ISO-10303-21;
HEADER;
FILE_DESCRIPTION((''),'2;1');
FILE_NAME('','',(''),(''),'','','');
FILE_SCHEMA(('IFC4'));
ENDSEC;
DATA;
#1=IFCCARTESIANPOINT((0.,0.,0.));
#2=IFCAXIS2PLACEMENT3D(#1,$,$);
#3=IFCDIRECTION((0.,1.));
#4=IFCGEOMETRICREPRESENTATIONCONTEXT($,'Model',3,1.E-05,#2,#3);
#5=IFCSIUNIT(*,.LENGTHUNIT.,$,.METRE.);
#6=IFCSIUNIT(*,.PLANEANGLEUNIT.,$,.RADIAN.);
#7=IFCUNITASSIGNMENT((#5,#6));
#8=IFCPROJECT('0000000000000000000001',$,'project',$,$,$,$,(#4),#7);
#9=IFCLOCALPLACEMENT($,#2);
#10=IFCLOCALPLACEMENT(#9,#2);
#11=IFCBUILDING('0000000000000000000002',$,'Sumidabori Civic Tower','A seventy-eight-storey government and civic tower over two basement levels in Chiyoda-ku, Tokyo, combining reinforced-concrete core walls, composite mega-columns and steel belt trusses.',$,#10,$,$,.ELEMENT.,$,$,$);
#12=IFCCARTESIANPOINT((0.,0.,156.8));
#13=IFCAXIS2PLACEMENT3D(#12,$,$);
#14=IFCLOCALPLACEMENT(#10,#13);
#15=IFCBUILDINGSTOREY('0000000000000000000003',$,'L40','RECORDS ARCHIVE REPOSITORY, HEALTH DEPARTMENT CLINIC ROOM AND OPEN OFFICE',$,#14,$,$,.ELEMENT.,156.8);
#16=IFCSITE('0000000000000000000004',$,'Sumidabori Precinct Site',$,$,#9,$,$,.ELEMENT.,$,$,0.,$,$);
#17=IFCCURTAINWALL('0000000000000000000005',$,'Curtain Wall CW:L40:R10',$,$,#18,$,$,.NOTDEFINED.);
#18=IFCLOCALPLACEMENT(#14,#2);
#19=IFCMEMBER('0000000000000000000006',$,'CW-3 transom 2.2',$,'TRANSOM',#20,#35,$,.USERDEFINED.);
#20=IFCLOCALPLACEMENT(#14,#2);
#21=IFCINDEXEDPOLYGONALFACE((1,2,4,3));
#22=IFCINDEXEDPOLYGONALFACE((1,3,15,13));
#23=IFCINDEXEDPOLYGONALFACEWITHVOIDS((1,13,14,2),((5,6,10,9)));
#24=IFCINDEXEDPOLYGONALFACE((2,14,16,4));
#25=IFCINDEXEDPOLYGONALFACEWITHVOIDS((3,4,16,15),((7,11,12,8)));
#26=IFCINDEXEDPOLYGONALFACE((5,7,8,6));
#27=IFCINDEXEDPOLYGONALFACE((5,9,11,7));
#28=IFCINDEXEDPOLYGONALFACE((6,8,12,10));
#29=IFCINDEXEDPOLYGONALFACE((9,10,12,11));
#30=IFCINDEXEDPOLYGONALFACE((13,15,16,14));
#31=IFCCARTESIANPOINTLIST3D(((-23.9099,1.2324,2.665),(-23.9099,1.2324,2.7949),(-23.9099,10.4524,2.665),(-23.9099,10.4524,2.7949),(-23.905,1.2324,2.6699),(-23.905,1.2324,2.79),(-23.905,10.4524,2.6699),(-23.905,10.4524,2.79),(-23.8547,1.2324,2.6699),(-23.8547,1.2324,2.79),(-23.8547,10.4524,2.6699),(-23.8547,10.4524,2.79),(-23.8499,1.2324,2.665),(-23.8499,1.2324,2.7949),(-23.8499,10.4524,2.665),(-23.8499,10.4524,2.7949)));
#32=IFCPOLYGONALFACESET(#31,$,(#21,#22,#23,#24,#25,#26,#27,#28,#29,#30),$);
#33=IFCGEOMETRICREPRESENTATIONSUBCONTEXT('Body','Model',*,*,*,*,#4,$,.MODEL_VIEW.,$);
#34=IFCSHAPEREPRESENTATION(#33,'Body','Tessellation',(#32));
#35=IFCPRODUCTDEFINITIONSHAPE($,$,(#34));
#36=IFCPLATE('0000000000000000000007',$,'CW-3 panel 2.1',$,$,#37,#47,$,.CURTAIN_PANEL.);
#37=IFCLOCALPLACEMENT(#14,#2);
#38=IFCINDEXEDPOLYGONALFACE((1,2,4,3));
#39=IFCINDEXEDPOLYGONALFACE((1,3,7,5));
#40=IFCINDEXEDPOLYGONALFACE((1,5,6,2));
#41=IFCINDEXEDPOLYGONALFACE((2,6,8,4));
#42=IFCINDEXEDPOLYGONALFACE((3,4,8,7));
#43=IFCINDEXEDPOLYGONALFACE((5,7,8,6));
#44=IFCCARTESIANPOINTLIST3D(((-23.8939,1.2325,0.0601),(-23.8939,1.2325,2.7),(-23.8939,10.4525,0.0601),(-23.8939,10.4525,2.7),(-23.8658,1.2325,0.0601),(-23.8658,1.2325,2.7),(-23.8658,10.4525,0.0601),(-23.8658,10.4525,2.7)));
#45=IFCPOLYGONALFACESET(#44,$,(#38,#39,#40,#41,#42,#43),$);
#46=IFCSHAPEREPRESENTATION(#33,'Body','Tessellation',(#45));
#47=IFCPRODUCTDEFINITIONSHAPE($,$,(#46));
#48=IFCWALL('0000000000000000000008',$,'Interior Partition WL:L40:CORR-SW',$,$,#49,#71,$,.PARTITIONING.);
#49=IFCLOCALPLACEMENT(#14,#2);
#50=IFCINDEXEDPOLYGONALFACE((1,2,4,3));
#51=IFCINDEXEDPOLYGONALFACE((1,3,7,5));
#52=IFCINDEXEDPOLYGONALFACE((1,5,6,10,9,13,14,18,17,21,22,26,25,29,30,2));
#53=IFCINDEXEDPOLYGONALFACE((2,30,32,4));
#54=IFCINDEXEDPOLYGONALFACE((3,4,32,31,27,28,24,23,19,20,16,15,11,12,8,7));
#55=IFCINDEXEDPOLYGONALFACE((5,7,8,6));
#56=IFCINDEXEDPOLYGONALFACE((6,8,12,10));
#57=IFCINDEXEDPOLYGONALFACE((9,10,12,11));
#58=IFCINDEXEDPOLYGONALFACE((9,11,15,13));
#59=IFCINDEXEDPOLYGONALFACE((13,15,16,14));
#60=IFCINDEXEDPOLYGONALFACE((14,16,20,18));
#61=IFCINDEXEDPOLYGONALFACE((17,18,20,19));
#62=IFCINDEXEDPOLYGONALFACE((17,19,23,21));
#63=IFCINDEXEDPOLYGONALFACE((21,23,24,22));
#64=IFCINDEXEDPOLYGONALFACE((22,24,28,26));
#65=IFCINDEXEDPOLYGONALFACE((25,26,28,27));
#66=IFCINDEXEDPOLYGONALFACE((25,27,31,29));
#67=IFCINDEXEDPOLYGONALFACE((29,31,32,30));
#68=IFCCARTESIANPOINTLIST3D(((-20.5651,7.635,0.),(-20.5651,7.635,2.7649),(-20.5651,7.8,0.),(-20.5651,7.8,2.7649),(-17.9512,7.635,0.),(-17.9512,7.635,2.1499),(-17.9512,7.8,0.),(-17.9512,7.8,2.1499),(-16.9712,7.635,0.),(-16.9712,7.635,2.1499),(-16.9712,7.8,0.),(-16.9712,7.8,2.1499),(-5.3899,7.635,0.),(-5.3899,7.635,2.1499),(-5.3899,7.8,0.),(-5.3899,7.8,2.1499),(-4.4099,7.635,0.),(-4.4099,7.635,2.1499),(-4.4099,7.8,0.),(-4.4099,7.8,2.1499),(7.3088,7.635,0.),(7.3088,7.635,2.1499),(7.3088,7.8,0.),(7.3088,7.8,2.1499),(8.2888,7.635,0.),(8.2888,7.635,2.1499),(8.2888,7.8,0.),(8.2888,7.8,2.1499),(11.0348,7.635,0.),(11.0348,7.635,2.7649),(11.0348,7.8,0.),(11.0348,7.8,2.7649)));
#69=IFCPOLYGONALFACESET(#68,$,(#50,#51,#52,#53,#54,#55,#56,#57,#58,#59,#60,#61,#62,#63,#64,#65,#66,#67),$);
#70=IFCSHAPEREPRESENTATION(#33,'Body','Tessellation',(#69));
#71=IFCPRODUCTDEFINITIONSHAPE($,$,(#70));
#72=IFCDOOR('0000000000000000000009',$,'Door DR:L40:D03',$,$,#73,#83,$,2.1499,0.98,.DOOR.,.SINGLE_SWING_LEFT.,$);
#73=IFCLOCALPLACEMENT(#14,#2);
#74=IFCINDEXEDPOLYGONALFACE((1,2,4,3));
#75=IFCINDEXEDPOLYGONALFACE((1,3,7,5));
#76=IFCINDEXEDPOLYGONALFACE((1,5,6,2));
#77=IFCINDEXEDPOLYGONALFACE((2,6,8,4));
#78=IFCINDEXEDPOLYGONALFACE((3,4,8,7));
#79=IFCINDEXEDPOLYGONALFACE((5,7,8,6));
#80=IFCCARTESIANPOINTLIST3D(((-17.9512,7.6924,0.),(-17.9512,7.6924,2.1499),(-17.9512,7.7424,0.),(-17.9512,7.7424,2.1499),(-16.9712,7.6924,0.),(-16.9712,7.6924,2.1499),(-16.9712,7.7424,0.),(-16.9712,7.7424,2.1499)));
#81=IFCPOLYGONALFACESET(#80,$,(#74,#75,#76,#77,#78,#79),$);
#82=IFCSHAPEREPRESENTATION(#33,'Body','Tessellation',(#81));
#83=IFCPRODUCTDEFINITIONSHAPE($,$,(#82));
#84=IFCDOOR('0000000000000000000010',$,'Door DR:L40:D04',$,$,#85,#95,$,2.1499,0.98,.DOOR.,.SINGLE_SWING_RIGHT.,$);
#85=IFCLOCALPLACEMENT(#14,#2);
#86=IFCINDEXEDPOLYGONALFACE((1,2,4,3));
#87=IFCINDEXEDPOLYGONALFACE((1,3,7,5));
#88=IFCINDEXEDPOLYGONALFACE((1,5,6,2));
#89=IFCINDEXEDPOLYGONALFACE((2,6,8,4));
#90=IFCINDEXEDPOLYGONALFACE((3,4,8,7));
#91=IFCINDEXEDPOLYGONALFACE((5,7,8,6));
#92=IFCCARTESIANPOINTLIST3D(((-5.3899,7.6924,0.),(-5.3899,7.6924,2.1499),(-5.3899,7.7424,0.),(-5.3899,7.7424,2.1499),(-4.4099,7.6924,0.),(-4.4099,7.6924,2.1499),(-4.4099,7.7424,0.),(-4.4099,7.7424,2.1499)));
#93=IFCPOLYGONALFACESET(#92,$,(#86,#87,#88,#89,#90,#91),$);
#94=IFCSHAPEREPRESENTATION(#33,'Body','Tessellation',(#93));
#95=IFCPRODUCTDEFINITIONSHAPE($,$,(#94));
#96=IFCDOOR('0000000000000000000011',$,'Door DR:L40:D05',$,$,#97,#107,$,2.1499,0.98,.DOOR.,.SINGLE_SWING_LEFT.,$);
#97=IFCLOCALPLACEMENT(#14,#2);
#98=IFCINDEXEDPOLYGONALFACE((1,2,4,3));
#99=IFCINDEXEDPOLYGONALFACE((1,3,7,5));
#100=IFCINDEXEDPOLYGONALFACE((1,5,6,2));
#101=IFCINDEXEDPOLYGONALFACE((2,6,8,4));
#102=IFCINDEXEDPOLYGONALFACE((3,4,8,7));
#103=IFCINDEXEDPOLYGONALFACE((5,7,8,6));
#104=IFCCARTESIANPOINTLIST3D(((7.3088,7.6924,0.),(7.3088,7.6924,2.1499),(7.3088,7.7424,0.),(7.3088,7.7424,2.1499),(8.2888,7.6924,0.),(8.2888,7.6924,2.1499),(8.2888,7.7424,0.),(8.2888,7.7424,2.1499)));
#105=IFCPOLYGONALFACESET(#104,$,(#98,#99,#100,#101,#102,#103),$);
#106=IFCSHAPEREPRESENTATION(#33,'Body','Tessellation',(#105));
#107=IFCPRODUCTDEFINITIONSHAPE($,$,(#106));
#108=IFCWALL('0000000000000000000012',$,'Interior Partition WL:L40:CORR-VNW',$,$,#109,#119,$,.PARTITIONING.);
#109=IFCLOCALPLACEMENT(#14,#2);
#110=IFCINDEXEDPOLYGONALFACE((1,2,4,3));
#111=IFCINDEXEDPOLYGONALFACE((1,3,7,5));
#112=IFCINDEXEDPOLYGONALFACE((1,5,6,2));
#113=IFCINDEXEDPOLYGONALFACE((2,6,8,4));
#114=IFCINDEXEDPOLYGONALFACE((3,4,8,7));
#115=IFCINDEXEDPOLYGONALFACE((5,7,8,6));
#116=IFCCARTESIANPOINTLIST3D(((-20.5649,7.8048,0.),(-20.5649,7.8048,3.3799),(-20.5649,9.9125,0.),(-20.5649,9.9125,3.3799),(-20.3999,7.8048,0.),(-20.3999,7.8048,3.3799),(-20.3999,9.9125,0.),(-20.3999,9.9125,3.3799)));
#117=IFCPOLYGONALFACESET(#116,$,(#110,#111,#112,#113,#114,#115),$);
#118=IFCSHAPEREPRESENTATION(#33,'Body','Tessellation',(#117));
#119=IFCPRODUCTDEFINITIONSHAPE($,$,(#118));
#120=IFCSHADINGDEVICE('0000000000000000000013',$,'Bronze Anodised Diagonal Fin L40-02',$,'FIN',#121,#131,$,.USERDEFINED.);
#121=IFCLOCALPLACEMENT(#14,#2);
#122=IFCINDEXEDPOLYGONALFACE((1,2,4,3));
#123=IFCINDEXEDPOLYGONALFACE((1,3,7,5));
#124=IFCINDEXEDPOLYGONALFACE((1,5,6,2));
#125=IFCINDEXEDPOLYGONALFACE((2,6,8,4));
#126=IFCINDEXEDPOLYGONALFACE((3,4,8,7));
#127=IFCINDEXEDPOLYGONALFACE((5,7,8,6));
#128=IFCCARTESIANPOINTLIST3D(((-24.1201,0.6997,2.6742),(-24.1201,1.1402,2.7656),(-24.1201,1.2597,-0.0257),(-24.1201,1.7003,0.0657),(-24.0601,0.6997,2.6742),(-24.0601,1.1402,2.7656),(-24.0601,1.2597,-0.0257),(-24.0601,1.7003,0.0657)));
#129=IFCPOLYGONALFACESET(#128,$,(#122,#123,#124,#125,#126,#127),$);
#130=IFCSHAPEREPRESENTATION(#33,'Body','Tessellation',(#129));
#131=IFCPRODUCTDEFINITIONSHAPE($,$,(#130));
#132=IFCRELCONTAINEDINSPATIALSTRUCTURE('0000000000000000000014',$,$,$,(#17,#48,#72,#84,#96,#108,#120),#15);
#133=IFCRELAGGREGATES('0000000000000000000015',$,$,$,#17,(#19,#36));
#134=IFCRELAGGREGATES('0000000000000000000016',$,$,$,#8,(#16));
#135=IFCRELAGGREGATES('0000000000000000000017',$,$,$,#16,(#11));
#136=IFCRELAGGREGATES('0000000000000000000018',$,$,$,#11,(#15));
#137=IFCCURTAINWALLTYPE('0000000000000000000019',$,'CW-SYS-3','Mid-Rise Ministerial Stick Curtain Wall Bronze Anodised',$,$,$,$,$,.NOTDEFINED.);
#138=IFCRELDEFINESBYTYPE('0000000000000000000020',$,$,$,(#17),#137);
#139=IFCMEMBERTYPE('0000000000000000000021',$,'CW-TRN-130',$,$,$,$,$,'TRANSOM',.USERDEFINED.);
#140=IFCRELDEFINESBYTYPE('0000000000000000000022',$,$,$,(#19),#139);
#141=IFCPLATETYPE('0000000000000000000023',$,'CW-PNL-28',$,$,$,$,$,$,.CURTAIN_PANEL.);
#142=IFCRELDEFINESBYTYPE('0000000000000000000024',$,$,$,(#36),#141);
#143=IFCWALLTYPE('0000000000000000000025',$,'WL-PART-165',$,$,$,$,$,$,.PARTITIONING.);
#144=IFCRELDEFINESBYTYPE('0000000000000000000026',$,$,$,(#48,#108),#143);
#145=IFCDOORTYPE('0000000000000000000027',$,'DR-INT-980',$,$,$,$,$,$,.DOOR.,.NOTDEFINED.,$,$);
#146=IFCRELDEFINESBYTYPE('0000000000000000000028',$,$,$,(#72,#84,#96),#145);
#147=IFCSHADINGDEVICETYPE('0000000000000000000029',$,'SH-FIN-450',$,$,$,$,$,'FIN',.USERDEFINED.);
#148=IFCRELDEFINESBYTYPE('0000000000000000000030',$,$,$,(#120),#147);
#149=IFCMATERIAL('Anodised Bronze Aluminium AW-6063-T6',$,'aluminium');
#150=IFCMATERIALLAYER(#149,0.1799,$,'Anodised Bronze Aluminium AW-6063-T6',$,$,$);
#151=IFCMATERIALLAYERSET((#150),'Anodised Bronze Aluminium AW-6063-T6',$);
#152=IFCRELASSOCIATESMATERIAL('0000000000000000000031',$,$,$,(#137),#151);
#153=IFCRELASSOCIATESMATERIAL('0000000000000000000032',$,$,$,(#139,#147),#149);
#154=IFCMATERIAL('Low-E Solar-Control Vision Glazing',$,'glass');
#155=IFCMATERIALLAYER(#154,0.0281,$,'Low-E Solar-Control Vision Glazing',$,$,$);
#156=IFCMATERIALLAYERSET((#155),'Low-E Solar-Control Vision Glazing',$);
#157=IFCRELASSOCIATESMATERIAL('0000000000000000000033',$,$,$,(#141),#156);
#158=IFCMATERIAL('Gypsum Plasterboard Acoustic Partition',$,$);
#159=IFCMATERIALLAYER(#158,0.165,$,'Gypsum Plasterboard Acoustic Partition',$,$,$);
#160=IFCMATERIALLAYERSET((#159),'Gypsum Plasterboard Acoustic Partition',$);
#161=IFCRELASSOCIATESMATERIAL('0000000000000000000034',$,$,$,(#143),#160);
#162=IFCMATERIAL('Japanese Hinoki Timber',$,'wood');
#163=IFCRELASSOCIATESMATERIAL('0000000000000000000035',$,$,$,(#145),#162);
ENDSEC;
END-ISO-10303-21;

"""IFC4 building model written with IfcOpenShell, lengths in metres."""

from ifc_helpers import new_model, si_unit, direction, frame, frame_2d, origin, origin_2d, place, context, subcontext, project, spatial, rectangle, hollow_rectangle, extrude, source, transform, mapped, material, layer, layer_set, material_profile, profile_set, type_object, element, fill, aggregate, save


model = new_model("IFC4")

# Units and contexts
model_context = context("Model", 3, precision=1e-05, world=origin(), true_north=direction((0.0, 1.0)))
body_context = subcontext(model_context, "Body", "Model", "MODEL_VIEW")
ifc_project = project(units=[si_unit("LENGTHUNIT", "METRE"), si_unit("PLANEANGLEUNIT", "RADIAN")], contexts=[model_context])

# Site, building, storey
site_placement = place(None, origin())
site = spatial("IfcSite", under=ifc_project, at=site_placement, Name="Sumidabori Precinct Site", CompositionType="ELEMENT", RefElevation=0.0)
building_placement = place(site_placement, origin())
building = spatial("IfcBuilding", under=site, at=building_placement, Name="Sumidabori Civic Tower", Description="A seventy-eight-storey government and civic tower over two basement levels in Chiyoda-ku, Tokyo, combining reinforced-concrete core walls, composite mega-columns and steel belt trusses.", CompositionType="ELEMENT")
storey_placement = place(building_placement, frame((0.0, 0.0, 156.8)))
storey = spatial("IfcBuildingStorey", under=building, at=storey_placement, Name="L40", Description="RECORDS ARCHIVE REPOSITORY, HEALTH DEPARTMENT CLINIC ROOM AND OPEN OFFICE", CompositionType="ELEMENT", Elevation=156.8)

# Curtain wall, member, plate
ifc_material_1 = material(Name="Anodised Bronze Aluminium AW-6063-T6", Category="aluminium")
ifc_layer_1 = layer(ifc_material_1, 0.1799, Name="Anodised Bronze Aluminium AW-6063-T6")
ifc_layer_set_1 = layer_set([ifc_layer_1], Name="Anodised Bronze Aluminium AW-6063-T6")
curtain_wall_type = type_object("IfcCurtainWallType", Name="CW-SYS-3", Description="Mid-Rise Ministerial Stick Curtain Wall Bronze Anodised", PredefinedType="NOTDEFINED", material=ifc_layer_set_1)
curtain_wall_placement = place(storey_placement, origin())
curtain_wall = element("IfcCurtainWall", 1, at=curtain_wall_placement, inside=storey, type_object=curtain_wall_type, Name="Curtain Wall CW:L40:R10", PredefinedType="NOTDEFINED")
ifc_material_profile_1 = material_profile(ifc_material_1, hollow_rectangle(XDim=0.0601, YDim=0.1299, WallThickness=0.0049, at=origin_2d()), Name="ALU TRANSOM 130x60")
ifc_profile_set_1 = profile_set([ifc_material_profile_1], Name="Anodised Bronze Aluminium AW-6063-T6")
member_type_1 = type_object("IfcMemberType", Name="CW-TRN-130", ElementType="TRANSOM", PredefinedType="USERDEFINED", material=ifc_profile_set_1)
shared_shape_1 = source(origin(), body_context, "Body", "SweptSolid", [
    extrude(hollow_rectangle(XDim=0.0601, YDim=0.1299, WallThickness=0.0049, at=origin_2d()), origin(), (0.0, 0.0, 1.0), 9.22),
])
member_1_placement = place(storey_placement, frame((-23.8799, 10.4524, 2.73), z_axis=(0.0, -1.0, 0.0), x_axis=(1.0, 0.0, 0.0)))
member_1 = element("IfcMember", 2, at=member_1_placement, type_object=member_type_1, Name="CW-3 transom 2.2", ObjectType="TRANSOM", PredefinedType="USERDEFINED", context=body_context, shape_type="MappedRepresentation", body=[
    mapped(shared_shape_1, transform((0.0, 0.0, 0.0), x_axis=(1.0, 0.0, 0.0), y_axis=(0.0, 1.0, 0.0), z_axis=(0.0, 0.0, 1.0), scale=1.0)),
])
ifc_material_2 = material(Name="Low-E Solar-Control Vision Glazing", Category="glass")
ifc_layer_2 = layer(ifc_material_2, 0.0281, Name="Low-E Solar-Control Vision Glazing")
ifc_layer_set_2 = layer_set([ifc_layer_2], Name="Low-E Solar-Control Vision Glazing")
plate_type = type_object("IfcPlateType", Name="CW-PNL-28", PredefinedType="CURTAIN_PANEL", material=ifc_layer_set_2)
shared_shape_2 = source(origin(), body_context, "Body", "SweptSolid", [
    extrude(rectangle(XDim=9.22, YDim=0.0281, at=origin_2d()), origin(), (0.0, 0.0, 1.0), 2.6399),
])
plate_placement = place(storey_placement, frame((-23.8799, 5.8425, 0.0601), z_axis=(0.0, 0.0, 1.0), x_axis=(0.0, -1.0, 0.0)))
plate = element("IfcPlate", 3, at=plate_placement, type_object=plate_type, Name="CW-3 panel 2.1", PredefinedType="CURTAIN_PANEL", context=body_context, shape_type="MappedRepresentation", body=[
    mapped(shared_shape_2, transform((0.0, 0.0, 0.0), x_axis=(1.0, 0.0, 0.0), y_axis=(0.0, 1.0, 0.0), z_axis=(0.0, 0.0, 1.0), scale=1.0)),
])
aggregate(curtain_wall, [member_1, plate])

# Shared definitions
ifc_material_3 = material(Name="Gypsum Plasterboard Acoustic Partition")
ifc_layer_3 = layer(ifc_material_3, 0.165, Name="Gypsum Plasterboard Acoustic Partition")
ifc_layer_set_3 = layer_set([ifc_layer_3], Name="Gypsum Plasterboard Acoustic Partition")
wall_type_1 = type_object("IfcWallType", Name="WL-PART-165", PredefinedType="PARTITIONING", material=ifc_layer_set_3)
ifc_material_4 = material(Name="Japanese Hinoki Timber", Category="wood")

# Wall, openings, doors
shared_shape_3 = source(origin(), body_context, "Body", "SweptSolid", [
    extrude(rectangle(XDim=31.5999, YDim=0.165, at=frame_2d((15.7998, 0.0))), origin(), (0.0, 0.0, 1.0), 2.7649),
])
wall_1_placement = place(storey_placement, frame((-20.5649, 7.7175, 0.0), z_axis=(0.0, 0.0, 1.0), x_axis=(1.0, 0.0, 0.0)))
wall_1 = element("IfcWall", 4, at=wall_1_placement, inside=storey, type_object=wall_type_1, Name="Interior Partition WL:L40:CORR-SW", PredefinedType="PARTITIONING", context=body_context, shape_type="MappedRepresentation", body=[
    mapped(shared_shape_3, transform((0.0, 0.0, 0.0), x_axis=(1.0, 0.0, 0.0), y_axis=(0.0, 1.0, 0.0), z_axis=(0.0, 0.0, 1.0), scale=1.0)),
])
opening_1_placement = place(wall_1_placement, frame((2.6138, 0.0, 0.0)))
opening_1 = element("IfcOpeningElement", 5, at=opening_1_placement, cuts=wall_1, PredefinedType="OPENING", context=body_context, shape_type="SweptSolid", body=[
    extrude(rectangle(XDim=0.98, YDim=2.1499, at=frame_2d((0.49, 1.075))), frame((0.0, 0.0945, 0.0), z_axis=(0.0, -1.0, 0.0), x_axis=(1.0, 0.0, 0.0)), (0.0, 0.0, 1.0), 0.189),
])
opening_2_placement = place(wall_1_placement, frame((15.175, 0.0, 0.0)))
opening_2 = element("IfcOpeningElement", 6, at=opening_2_placement, cuts=wall_1, PredefinedType="OPENING", context=body_context, shape_type="SweptSolid", body=[
    extrude(rectangle(XDim=0.98, YDim=2.1499, at=frame_2d((0.49, 1.075))), frame((0.0, 0.0945, 0.0), z_axis=(0.0, -1.0, 0.0), x_axis=(1.0, 0.0, 0.0)), (0.0, 0.0, 1.0), 0.189),
])
opening_3_placement = place(wall_1_placement, frame((27.8738, 0.0, 0.0)))
opening_3 = element("IfcOpeningElement", 7, at=opening_3_placement, cuts=wall_1, PredefinedType="OPENING", context=body_context, shape_type="SweptSolid", body=[
    extrude(rectangle(XDim=0.98, YDim=2.1499, at=frame_2d((0.49, 1.075))), frame((0.0, 0.0945, 0.0), z_axis=(0.0, -1.0, 0.0), x_axis=(1.0, 0.0, 0.0)), (0.0, 0.0, 1.0), 0.189),
])
door_type_1 = type_object("IfcDoorType", Name="DR-INT-980", OperationType="NOTDEFINED", PredefinedType="DOOR", material=ifc_material_4)
shared_shape_4 = source(origin(), body_context, "Body", "SweptSolid", [
    extrude(rectangle(XDim=0.98, YDim=2.1499, at=frame_2d((0.49, 1.075))), frame((0.0, 0.0249, 0.0), z_axis=(0.0, -1.0, 0.0), x_axis=(1.0, 0.0, 0.0)), (0.0, 0.0, 1.0), 0.05),
])
door_1_placement = place(opening_1_placement, origin())
door_1 = element("IfcDoor", 8, at=door_1_placement, inside=storey, type_object=door_type_1, Name="Door DR:L40:D03", OperationType="SINGLE_SWING_LEFT", OverallHeight=2.1499, OverallWidth=0.98, PredefinedType="DOOR", context=body_context, shape_type="MappedRepresentation", body=[
    mapped(shared_shape_4, transform((0.0, 0.0, 0.0), x_axis=(1.0, 0.0, 0.0), y_axis=(0.0, 1.0, 0.0), z_axis=(0.0, 0.0, 1.0), scale=1.0)),
])
fill(opening_1, door_1)
door_2_placement = place(opening_2_placement, origin())
door_2 = element("IfcDoor", 9, at=door_2_placement, inside=storey, type_object=door_type_1, Name="Door DR:L40:D04", OperationType="SINGLE_SWING_RIGHT", OverallHeight=2.1499, OverallWidth=0.98, PredefinedType="DOOR", context=body_context, shape_type="MappedRepresentation", body=[
    mapped(shared_shape_4, transform((0.0, 0.0, 0.0), x_axis=(1.0, 0.0, 0.0), y_axis=(0.0, 1.0, 0.0), z_axis=(0.0, 0.0, 1.0), scale=1.0)),
])
fill(opening_2, door_2)
door_3_placement = place(opening_3_placement, origin())
door_3 = element("IfcDoor", 10, at=door_3_placement, inside=storey, type_object=door_type_1, Name="Door DR:L40:D05", OperationType="SINGLE_SWING_LEFT", OverallHeight=2.1499, OverallWidth=0.98, PredefinedType="DOOR", context=body_context, shape_type="MappedRepresentation", body=[
    mapped(shared_shape_4, transform((0.0, 0.0, 0.0), x_axis=(1.0, 0.0, 0.0), y_axis=(0.0, 1.0, 0.0), z_axis=(0.0, 0.0, 1.0), scale=1.0)),
])
fill(opening_3, door_3)

# Wall
shared_shape_5 = source(origin(), body_context, "Body", "SweptSolid", [
    extrude(rectangle(XDim=2.1077, YDim=0.165, at=frame_2d((1.0537, 0.0))), origin(), (0.0, 0.0, 1.0), 3.3799),
])
wall_2_placement = place(storey_placement, frame((-20.4824, 7.8049, 0.0), z_axis=(0.0, 0.0, 1.0), x_axis=(0.0, 1.0, 0.0)))
element("IfcWall", 11, at=wall_2_placement, inside=storey, type_object=wall_type_1, Name="Interior Partition WL:L40:CORR-VNW", PredefinedType="PARTITIONING", context=body_context, shape_type="MappedRepresentation", body=[
    mapped(shared_shape_5, transform((0.0, 0.0, 0.0), x_axis=(1.0, 0.0, 0.0), y_axis=(0.0, 1.0, 0.0), z_axis=(0.0, 0.0, 1.0), scale=1.0)),
])

# Shading device
ifc_material_profile_2 = material_profile(ifc_material_1, rectangle(XDim=0.0601, YDim=0.45, at=origin_2d()), Name="BRONZE FIN 450x60")
ifc_profile_set_2 = profile_set([ifc_material_profile_2], Name="Anodised Bronze Aluminium AW-6063-T6")
shading_device_type = type_object("IfcShadingDeviceType", Name="SH-FIN-450", ElementType="FIN", PredefinedType="USERDEFINED", material=ifc_profile_set_2)
shared_shape_6 = source(origin(), body_context, "Body", "SweptSolid", [
    extrude(rectangle(XDim=0.0601, YDim=0.45, at=origin_2d()), origin(), (0.0, 0.0, 1.0), 2.7573),
])
shading_device_placement = place(storey_placement, frame((-24.0901, 1.48, 0.02), z_axis=(0.0, -0.203109, 0.979156), x_axis=(-1.0, 0.0, 0.0)))
element("IfcShadingDevice", 12, at=shading_device_placement, inside=storey, type_object=shading_device_type, Name="Bronze Anodised Diagonal Fin L40-02", ObjectType="FIN", PredefinedType="USERDEFINED", context=body_context, shape_type="MappedRepresentation", body=[
    mapped(shared_shape_6, transform((0.0, 0.0, 0.0), x_axis=(1.0, 0.0, 0.0), y_axis=(0.0, 1.0, 0.0), z_axis=(0.0, 0.0, 1.0), scale=1.0)),
])

save(model, "model.ifc")
